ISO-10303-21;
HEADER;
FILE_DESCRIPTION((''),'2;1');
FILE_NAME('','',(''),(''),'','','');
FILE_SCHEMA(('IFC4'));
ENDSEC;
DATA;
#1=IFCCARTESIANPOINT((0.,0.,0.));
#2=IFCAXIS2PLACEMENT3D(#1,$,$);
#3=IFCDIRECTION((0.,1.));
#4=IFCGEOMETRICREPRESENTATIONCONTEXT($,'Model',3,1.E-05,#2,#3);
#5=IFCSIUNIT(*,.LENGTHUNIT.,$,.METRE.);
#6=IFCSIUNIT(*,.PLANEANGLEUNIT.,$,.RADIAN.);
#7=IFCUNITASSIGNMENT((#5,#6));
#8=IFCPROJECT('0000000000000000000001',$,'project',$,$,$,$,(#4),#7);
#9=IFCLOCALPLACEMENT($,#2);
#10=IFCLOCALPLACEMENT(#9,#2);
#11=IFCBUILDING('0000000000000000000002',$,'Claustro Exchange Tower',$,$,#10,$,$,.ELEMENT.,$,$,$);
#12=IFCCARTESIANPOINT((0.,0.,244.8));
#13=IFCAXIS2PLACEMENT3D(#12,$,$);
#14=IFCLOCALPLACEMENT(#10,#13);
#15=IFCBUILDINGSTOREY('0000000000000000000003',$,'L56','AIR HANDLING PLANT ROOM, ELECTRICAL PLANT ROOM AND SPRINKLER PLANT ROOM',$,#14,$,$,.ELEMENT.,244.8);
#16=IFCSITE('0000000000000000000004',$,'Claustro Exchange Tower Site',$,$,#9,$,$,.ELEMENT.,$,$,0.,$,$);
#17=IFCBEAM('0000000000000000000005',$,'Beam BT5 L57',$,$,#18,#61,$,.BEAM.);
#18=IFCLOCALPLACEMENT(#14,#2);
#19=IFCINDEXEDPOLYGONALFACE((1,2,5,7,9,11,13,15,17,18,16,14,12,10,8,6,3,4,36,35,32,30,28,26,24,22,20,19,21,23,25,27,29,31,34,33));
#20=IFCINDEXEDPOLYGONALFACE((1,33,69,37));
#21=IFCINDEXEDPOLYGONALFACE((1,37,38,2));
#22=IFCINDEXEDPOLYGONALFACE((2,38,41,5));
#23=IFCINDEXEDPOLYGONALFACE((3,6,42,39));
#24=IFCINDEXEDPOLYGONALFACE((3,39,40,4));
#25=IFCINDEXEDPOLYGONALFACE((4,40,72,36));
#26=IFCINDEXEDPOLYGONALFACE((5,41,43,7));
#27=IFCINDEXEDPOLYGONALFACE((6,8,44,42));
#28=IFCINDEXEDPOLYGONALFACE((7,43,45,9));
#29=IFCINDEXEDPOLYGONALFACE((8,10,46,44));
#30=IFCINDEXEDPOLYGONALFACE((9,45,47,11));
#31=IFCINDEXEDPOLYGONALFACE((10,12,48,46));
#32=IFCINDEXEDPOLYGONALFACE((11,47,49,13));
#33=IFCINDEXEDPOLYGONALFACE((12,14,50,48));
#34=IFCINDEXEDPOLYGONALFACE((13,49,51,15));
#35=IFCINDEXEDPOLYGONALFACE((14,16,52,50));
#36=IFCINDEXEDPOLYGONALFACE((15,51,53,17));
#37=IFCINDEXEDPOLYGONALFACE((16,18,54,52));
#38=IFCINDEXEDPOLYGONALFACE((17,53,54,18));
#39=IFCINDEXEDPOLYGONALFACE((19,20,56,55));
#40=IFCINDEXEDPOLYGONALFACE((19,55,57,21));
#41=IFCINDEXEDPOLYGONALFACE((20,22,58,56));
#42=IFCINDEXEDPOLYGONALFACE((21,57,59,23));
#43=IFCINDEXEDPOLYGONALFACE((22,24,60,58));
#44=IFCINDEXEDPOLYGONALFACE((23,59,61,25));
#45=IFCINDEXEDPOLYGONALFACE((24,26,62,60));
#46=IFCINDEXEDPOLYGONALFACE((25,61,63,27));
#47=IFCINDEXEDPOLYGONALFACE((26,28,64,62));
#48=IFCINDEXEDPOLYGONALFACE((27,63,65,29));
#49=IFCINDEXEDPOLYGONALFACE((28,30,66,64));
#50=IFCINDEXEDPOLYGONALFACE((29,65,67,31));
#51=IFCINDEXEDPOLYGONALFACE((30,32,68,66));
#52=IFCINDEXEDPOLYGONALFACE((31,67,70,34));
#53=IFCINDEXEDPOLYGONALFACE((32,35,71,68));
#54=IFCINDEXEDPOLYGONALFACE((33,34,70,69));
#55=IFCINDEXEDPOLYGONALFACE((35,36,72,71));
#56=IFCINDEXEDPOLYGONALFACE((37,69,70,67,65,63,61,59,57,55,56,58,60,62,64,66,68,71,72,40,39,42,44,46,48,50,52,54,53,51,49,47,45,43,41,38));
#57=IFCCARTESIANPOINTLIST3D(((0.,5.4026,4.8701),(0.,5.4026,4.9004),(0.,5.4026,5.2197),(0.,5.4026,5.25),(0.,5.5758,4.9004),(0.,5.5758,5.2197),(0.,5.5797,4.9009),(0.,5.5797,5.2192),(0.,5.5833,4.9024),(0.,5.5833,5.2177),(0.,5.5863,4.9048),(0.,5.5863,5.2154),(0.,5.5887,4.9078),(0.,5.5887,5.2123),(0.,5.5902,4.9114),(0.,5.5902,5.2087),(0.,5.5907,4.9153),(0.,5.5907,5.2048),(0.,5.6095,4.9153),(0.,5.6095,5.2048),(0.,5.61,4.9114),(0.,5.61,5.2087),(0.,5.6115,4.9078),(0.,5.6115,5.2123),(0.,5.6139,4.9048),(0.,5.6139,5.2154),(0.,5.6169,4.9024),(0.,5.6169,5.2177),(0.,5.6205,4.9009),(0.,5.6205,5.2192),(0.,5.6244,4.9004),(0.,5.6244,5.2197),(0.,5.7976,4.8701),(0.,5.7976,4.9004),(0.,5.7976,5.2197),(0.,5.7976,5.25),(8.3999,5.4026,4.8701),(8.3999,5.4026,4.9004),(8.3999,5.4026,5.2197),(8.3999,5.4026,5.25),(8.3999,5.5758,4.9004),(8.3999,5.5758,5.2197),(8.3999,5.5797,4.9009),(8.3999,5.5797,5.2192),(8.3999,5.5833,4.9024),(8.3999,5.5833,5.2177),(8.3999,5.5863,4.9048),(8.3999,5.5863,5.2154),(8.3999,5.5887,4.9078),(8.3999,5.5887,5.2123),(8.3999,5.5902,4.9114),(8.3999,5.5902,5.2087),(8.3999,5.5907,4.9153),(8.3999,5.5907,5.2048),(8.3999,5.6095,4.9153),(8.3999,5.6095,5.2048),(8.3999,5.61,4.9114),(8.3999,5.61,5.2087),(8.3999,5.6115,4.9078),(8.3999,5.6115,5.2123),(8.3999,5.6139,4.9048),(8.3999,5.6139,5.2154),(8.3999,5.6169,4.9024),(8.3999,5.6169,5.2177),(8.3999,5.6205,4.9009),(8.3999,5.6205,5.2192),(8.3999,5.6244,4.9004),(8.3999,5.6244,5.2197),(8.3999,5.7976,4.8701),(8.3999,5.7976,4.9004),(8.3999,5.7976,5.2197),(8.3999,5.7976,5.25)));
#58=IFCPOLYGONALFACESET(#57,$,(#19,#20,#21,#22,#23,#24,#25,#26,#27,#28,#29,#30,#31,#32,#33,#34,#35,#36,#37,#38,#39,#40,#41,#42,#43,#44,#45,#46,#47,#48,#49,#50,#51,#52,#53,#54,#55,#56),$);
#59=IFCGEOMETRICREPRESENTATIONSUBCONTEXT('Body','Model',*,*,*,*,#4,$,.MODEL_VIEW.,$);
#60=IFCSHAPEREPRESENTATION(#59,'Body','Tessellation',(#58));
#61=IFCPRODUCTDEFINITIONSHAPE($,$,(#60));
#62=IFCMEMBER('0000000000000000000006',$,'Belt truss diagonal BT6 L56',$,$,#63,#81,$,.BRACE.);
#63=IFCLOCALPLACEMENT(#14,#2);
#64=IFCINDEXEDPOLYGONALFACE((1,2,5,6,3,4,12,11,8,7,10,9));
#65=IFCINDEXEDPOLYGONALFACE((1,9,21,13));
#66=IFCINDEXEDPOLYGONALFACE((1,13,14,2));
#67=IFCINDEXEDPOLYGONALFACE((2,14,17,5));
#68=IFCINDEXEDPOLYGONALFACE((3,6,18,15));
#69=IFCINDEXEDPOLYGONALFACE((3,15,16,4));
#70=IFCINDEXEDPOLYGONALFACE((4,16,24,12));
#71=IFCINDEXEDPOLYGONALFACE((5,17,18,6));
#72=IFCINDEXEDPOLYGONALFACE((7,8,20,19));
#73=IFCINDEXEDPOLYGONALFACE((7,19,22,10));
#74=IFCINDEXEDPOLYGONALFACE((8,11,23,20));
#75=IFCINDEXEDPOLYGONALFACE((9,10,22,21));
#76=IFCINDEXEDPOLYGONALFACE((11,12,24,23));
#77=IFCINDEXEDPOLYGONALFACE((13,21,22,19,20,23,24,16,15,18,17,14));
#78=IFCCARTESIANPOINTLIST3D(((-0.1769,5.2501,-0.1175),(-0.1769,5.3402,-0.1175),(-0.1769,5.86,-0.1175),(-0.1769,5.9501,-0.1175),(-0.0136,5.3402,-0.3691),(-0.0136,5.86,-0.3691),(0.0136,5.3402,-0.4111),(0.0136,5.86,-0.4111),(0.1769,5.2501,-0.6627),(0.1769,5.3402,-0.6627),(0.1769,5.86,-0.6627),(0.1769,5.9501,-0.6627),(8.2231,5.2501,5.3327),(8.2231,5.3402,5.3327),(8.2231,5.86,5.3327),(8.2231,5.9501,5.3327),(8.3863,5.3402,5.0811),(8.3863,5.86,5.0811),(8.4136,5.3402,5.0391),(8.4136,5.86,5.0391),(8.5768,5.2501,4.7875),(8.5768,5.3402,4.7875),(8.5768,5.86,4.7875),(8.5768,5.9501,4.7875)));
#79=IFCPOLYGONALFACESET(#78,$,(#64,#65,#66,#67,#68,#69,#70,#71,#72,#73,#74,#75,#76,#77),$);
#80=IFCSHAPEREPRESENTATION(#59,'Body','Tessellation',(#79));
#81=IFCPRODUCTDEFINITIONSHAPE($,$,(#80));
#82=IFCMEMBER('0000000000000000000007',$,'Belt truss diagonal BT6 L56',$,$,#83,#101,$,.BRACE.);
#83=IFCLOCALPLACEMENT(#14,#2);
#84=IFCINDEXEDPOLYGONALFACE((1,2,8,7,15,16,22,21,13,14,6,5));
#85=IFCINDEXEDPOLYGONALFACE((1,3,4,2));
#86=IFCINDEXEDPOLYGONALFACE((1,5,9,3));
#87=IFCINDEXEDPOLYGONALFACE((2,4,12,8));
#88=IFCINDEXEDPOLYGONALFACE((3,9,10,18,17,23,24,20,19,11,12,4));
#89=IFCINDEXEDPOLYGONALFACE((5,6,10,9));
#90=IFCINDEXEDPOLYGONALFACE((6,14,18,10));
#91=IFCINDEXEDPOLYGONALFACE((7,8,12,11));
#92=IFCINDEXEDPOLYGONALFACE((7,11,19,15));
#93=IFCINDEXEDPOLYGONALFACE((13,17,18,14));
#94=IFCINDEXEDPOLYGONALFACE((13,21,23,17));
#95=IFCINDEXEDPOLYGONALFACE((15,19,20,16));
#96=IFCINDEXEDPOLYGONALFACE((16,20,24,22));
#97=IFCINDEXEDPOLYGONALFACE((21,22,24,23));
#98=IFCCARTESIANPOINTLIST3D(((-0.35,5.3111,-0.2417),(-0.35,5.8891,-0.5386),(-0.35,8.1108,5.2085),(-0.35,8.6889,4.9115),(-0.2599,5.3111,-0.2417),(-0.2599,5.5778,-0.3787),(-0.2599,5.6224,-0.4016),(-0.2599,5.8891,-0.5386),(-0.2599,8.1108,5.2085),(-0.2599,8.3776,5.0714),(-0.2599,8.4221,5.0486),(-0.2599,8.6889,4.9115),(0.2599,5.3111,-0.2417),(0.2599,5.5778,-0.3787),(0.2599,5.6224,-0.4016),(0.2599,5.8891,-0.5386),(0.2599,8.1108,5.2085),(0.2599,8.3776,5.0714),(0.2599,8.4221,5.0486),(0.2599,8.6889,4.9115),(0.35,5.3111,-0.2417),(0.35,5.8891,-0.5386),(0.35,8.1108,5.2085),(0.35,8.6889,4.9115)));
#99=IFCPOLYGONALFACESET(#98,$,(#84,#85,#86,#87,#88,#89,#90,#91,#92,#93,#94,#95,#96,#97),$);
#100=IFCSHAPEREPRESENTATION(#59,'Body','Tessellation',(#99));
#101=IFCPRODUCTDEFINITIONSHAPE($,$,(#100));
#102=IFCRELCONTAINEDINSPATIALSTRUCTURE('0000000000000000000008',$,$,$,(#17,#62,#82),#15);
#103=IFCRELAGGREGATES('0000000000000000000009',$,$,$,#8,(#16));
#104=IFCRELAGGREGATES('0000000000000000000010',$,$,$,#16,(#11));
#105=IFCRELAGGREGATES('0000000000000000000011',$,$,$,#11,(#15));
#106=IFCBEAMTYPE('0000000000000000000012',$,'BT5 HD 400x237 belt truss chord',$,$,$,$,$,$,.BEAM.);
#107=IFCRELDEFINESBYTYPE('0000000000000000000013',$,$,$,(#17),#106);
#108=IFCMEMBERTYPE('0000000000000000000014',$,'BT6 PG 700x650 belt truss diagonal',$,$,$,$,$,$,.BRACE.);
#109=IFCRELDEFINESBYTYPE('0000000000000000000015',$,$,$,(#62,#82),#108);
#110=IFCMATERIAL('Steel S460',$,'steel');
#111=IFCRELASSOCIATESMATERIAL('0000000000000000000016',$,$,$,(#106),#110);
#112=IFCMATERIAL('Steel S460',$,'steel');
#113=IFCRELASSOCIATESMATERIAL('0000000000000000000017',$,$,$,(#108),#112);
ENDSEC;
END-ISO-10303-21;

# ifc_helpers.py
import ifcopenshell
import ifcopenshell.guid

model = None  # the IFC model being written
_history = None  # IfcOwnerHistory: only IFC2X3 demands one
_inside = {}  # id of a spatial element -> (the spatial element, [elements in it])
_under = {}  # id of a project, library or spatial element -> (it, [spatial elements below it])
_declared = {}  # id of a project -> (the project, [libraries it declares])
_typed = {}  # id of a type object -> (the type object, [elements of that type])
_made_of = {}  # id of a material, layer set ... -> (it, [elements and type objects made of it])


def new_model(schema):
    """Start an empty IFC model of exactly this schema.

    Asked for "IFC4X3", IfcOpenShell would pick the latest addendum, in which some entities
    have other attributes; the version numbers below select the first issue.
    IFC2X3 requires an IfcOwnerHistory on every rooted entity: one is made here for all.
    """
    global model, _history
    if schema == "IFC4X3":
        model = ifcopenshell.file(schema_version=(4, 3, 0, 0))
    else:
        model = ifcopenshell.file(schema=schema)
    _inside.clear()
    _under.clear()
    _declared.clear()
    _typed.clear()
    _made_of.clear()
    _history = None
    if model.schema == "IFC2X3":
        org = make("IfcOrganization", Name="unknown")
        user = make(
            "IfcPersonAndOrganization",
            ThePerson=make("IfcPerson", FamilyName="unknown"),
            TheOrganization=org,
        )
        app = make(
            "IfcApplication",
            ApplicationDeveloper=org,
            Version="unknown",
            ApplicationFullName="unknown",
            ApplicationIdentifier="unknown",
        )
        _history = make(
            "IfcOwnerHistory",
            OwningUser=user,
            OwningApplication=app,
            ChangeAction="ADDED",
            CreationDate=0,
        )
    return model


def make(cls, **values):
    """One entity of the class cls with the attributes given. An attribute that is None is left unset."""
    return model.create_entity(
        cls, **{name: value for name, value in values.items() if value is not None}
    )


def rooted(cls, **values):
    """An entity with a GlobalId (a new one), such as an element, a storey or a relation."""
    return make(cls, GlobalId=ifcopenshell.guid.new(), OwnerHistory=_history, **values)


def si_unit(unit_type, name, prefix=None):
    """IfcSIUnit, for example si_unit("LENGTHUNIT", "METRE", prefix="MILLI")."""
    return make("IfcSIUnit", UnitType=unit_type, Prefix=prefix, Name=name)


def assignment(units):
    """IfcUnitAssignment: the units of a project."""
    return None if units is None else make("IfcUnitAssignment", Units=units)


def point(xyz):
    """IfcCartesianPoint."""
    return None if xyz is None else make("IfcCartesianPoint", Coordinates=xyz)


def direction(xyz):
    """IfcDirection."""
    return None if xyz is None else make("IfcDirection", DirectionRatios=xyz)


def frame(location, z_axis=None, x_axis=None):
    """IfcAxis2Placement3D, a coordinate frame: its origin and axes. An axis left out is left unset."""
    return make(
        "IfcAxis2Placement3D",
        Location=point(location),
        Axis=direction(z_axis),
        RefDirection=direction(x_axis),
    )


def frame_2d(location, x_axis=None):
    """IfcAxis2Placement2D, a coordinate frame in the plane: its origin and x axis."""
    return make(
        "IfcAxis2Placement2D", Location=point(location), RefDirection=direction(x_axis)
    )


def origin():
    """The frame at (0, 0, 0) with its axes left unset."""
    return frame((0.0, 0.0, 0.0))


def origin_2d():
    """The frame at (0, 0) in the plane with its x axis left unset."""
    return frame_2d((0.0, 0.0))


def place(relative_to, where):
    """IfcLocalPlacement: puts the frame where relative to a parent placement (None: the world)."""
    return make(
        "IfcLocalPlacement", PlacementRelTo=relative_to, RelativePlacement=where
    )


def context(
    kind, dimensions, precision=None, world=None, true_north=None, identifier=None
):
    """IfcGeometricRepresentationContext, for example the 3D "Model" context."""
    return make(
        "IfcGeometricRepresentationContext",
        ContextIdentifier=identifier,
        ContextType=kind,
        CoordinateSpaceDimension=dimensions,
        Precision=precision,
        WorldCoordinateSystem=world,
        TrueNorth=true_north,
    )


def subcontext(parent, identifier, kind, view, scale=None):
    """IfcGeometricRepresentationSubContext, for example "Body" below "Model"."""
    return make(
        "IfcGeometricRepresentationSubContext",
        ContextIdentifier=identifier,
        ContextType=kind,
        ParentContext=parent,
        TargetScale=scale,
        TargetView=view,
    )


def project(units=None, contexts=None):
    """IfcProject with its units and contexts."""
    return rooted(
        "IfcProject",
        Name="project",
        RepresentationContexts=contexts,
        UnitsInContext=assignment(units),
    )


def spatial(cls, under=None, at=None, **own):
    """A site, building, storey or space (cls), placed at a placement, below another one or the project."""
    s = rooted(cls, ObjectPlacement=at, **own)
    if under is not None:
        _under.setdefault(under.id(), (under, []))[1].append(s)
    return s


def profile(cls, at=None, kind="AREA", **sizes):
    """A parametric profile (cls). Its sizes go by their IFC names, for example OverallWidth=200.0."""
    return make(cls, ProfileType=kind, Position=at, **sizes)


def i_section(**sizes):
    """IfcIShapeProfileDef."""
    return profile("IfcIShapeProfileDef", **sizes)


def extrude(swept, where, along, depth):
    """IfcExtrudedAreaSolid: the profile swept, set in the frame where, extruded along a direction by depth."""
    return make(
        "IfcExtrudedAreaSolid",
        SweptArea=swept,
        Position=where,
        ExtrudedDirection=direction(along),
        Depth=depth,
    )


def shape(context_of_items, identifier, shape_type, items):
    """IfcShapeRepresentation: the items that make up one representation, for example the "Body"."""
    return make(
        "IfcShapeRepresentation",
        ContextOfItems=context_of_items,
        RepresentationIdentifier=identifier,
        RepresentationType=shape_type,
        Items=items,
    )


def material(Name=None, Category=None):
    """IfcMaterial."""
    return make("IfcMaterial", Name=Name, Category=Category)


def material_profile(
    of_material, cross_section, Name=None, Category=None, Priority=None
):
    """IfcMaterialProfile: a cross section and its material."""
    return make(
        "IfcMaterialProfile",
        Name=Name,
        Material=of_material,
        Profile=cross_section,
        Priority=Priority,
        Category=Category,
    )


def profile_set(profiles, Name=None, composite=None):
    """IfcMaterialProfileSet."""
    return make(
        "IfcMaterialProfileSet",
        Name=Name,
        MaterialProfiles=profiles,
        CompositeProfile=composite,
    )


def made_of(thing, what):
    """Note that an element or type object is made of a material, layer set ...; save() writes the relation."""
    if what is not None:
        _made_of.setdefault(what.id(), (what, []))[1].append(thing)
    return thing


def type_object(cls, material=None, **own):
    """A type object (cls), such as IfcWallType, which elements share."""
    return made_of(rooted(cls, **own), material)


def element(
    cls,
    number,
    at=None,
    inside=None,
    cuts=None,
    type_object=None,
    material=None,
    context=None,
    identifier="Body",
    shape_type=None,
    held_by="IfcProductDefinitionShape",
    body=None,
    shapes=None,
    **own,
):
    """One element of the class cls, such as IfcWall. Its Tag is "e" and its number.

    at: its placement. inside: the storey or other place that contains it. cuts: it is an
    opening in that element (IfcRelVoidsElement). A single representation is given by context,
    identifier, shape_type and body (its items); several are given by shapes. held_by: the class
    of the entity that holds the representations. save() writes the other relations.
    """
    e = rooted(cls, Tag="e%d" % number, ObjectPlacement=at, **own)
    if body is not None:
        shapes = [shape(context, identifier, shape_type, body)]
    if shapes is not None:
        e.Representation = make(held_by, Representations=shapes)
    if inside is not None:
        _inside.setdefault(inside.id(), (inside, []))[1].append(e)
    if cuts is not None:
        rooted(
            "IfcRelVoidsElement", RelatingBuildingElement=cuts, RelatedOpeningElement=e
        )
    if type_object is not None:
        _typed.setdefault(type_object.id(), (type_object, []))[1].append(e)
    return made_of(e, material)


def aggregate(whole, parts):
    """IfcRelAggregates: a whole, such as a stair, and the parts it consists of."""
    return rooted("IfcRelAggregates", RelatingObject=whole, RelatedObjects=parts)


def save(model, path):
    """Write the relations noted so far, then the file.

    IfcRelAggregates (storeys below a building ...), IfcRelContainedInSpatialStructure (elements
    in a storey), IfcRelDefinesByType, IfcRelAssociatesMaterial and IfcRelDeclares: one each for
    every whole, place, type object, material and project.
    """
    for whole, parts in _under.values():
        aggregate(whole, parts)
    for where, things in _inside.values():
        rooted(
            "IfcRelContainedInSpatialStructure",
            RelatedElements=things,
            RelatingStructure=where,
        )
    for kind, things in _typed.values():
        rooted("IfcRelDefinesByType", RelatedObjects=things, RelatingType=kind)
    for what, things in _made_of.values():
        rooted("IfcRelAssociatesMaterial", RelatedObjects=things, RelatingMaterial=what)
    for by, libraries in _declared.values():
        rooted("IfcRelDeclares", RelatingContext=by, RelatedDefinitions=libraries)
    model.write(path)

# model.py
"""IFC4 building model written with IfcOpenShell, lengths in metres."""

from ifc_helpers import new_model, si_unit, direction, frame, origin, origin_2d, place, context, subcontext, project, spatial, i_section, extrude, material, material_profile, profile_set, type_object, element, save


model = new_model("IFC4")

# Units and contexts
model_context = context("Model", 3, precision=1e-05, world=origin(), true_north=direction((0.0, 1.0)))
body_context = subcontext(model_context, "Body", "Model", "MODEL_VIEW")
ifc_project = project(units=[si_unit("LENGTHUNIT", "METRE"), si_unit("PLANEANGLEUNIT", "RADIAN")], contexts=[model_context])

# Site, building, storey
site_placement = place(None, origin())
site = spatial("IfcSite", under=ifc_project, at=site_placement, Name="Claustro Exchange Tower Site", CompositionType="ELEMENT", RefElevation=0.0)
building_placement = place(site_placement, origin())
building = spatial("IfcBuilding", under=site, at=building_placement, Name="Claustro Exchange Tower", CompositionType="ELEMENT")
storey_placement = place(building_placement, frame((0.0, 0.0, 244.8)))
storey = spatial("IfcBuildingStorey", under=building, at=storey_placement, Name="L56", Description="AIR HANDLING PLANT ROOM, ELECTRICAL PLANT ROOM AND SPRINKLER PLANT ROOM", CompositionType="ELEMENT", Elevation=244.8)

# Beam
ifc_material_1 = material(Name="Steel S460", Category="steel")
ifc_material_profile_1 = material_profile(ifc_material_1, i_section(OverallWidth=0.395, OverallDepth=0.3799, WebThickness=0.0188, FlangeThickness=0.0303, FilletRadius=0.0149, at=origin_2d()), Name="HD 400x237")
ifc_profile_set_1 = profile_set([ifc_material_profile_1], Name="Steel S460")
beam_type_1 = type_object("IfcBeamType", Name="BT5 HD 400x237 belt truss chord", PredefinedType="BEAM", material=ifc_profile_set_1)
beam_1_placement = place(storey_placement, frame((0.0, 5.6001, 5.0601), z_axis=(1.0, 0.0, 0.0), x_axis=(0.0, 1.0, 0.0)))
element("IfcBeam", 1, at=beam_1_placement, inside=storey, type_object=beam_type_1, Name="Beam BT5 L57", PredefinedType="BEAM", context=body_context, shape_type="SweptSolid", body=[
    extrude(i_section(OverallWidth=0.395, OverallDepth=0.3799, WebThickness=0.0188, FlangeThickness=0.0303, FilletRadius=0.0149, at=origin_2d()), origin(), (0.0, 0.0, 1.0), 8.3999),
])

# Members
ifc_material_2 = material(Name="Steel S460", Category="steel")
ifc_material_profile_2 = material_profile(ifc_material_2, i_section(OverallWidth=0.6499, OverallDepth=0.7, WebThickness=0.05, FlangeThickness=0.0901, at=origin_2d()), Name="PG 700x650")
ifc_profile_set_2 = profile_set([ifc_material_profile_2], Name="Steel S460")
member_type = type_object("IfcMemberType", Name="BT6 PG 700x650 belt truss diagonal", PredefinedType="BRACE", material=ifc_profile_set_2)
member_1_placement = place(storey_placement, frame((0.0, 5.6001, -0.3901), z_axis=(0.838888, 0.0, 0.544304), x_axis=(-0.544304, 0.0, 0.838888)))
element("IfcMember", 2, at=member_1_placement, inside=storey, type_object=member_type, Name="Belt truss diagonal BT6 L56", PredefinedType="BRACE", context=body_context, shape_type="SweptSolid", body=[
    extrude(i_section(OverallWidth=0.6499, OverallDepth=0.7, WebThickness=0.05, FlangeThickness=0.0901, at=origin_2d()), origin(), (0.0, 0.0, 1.0), 10.0132),
])
member_2_placement = place(storey_placement, frame((0.0, 5.6001, -0.3901), z_axis=(0.0, 0.456941, 0.889497), x_axis=(0.0, -0.889497, 0.456941)))
element("IfcMember", 3, at=member_2_placement, inside=storey, type_object=member_type, Name="Belt truss diagonal BT6 L56", PredefinedType="BRACE", context=body_context, shape_type="SweptSolid", body=[
    extrude(i_section(OverallWidth=0.6499, OverallDepth=0.7, WebThickness=0.05, FlangeThickness=0.0901, at=origin_2d()), origin(), (0.0, 0.0, 1.0), 6.1272),
])

save(model, "model.ifc")
